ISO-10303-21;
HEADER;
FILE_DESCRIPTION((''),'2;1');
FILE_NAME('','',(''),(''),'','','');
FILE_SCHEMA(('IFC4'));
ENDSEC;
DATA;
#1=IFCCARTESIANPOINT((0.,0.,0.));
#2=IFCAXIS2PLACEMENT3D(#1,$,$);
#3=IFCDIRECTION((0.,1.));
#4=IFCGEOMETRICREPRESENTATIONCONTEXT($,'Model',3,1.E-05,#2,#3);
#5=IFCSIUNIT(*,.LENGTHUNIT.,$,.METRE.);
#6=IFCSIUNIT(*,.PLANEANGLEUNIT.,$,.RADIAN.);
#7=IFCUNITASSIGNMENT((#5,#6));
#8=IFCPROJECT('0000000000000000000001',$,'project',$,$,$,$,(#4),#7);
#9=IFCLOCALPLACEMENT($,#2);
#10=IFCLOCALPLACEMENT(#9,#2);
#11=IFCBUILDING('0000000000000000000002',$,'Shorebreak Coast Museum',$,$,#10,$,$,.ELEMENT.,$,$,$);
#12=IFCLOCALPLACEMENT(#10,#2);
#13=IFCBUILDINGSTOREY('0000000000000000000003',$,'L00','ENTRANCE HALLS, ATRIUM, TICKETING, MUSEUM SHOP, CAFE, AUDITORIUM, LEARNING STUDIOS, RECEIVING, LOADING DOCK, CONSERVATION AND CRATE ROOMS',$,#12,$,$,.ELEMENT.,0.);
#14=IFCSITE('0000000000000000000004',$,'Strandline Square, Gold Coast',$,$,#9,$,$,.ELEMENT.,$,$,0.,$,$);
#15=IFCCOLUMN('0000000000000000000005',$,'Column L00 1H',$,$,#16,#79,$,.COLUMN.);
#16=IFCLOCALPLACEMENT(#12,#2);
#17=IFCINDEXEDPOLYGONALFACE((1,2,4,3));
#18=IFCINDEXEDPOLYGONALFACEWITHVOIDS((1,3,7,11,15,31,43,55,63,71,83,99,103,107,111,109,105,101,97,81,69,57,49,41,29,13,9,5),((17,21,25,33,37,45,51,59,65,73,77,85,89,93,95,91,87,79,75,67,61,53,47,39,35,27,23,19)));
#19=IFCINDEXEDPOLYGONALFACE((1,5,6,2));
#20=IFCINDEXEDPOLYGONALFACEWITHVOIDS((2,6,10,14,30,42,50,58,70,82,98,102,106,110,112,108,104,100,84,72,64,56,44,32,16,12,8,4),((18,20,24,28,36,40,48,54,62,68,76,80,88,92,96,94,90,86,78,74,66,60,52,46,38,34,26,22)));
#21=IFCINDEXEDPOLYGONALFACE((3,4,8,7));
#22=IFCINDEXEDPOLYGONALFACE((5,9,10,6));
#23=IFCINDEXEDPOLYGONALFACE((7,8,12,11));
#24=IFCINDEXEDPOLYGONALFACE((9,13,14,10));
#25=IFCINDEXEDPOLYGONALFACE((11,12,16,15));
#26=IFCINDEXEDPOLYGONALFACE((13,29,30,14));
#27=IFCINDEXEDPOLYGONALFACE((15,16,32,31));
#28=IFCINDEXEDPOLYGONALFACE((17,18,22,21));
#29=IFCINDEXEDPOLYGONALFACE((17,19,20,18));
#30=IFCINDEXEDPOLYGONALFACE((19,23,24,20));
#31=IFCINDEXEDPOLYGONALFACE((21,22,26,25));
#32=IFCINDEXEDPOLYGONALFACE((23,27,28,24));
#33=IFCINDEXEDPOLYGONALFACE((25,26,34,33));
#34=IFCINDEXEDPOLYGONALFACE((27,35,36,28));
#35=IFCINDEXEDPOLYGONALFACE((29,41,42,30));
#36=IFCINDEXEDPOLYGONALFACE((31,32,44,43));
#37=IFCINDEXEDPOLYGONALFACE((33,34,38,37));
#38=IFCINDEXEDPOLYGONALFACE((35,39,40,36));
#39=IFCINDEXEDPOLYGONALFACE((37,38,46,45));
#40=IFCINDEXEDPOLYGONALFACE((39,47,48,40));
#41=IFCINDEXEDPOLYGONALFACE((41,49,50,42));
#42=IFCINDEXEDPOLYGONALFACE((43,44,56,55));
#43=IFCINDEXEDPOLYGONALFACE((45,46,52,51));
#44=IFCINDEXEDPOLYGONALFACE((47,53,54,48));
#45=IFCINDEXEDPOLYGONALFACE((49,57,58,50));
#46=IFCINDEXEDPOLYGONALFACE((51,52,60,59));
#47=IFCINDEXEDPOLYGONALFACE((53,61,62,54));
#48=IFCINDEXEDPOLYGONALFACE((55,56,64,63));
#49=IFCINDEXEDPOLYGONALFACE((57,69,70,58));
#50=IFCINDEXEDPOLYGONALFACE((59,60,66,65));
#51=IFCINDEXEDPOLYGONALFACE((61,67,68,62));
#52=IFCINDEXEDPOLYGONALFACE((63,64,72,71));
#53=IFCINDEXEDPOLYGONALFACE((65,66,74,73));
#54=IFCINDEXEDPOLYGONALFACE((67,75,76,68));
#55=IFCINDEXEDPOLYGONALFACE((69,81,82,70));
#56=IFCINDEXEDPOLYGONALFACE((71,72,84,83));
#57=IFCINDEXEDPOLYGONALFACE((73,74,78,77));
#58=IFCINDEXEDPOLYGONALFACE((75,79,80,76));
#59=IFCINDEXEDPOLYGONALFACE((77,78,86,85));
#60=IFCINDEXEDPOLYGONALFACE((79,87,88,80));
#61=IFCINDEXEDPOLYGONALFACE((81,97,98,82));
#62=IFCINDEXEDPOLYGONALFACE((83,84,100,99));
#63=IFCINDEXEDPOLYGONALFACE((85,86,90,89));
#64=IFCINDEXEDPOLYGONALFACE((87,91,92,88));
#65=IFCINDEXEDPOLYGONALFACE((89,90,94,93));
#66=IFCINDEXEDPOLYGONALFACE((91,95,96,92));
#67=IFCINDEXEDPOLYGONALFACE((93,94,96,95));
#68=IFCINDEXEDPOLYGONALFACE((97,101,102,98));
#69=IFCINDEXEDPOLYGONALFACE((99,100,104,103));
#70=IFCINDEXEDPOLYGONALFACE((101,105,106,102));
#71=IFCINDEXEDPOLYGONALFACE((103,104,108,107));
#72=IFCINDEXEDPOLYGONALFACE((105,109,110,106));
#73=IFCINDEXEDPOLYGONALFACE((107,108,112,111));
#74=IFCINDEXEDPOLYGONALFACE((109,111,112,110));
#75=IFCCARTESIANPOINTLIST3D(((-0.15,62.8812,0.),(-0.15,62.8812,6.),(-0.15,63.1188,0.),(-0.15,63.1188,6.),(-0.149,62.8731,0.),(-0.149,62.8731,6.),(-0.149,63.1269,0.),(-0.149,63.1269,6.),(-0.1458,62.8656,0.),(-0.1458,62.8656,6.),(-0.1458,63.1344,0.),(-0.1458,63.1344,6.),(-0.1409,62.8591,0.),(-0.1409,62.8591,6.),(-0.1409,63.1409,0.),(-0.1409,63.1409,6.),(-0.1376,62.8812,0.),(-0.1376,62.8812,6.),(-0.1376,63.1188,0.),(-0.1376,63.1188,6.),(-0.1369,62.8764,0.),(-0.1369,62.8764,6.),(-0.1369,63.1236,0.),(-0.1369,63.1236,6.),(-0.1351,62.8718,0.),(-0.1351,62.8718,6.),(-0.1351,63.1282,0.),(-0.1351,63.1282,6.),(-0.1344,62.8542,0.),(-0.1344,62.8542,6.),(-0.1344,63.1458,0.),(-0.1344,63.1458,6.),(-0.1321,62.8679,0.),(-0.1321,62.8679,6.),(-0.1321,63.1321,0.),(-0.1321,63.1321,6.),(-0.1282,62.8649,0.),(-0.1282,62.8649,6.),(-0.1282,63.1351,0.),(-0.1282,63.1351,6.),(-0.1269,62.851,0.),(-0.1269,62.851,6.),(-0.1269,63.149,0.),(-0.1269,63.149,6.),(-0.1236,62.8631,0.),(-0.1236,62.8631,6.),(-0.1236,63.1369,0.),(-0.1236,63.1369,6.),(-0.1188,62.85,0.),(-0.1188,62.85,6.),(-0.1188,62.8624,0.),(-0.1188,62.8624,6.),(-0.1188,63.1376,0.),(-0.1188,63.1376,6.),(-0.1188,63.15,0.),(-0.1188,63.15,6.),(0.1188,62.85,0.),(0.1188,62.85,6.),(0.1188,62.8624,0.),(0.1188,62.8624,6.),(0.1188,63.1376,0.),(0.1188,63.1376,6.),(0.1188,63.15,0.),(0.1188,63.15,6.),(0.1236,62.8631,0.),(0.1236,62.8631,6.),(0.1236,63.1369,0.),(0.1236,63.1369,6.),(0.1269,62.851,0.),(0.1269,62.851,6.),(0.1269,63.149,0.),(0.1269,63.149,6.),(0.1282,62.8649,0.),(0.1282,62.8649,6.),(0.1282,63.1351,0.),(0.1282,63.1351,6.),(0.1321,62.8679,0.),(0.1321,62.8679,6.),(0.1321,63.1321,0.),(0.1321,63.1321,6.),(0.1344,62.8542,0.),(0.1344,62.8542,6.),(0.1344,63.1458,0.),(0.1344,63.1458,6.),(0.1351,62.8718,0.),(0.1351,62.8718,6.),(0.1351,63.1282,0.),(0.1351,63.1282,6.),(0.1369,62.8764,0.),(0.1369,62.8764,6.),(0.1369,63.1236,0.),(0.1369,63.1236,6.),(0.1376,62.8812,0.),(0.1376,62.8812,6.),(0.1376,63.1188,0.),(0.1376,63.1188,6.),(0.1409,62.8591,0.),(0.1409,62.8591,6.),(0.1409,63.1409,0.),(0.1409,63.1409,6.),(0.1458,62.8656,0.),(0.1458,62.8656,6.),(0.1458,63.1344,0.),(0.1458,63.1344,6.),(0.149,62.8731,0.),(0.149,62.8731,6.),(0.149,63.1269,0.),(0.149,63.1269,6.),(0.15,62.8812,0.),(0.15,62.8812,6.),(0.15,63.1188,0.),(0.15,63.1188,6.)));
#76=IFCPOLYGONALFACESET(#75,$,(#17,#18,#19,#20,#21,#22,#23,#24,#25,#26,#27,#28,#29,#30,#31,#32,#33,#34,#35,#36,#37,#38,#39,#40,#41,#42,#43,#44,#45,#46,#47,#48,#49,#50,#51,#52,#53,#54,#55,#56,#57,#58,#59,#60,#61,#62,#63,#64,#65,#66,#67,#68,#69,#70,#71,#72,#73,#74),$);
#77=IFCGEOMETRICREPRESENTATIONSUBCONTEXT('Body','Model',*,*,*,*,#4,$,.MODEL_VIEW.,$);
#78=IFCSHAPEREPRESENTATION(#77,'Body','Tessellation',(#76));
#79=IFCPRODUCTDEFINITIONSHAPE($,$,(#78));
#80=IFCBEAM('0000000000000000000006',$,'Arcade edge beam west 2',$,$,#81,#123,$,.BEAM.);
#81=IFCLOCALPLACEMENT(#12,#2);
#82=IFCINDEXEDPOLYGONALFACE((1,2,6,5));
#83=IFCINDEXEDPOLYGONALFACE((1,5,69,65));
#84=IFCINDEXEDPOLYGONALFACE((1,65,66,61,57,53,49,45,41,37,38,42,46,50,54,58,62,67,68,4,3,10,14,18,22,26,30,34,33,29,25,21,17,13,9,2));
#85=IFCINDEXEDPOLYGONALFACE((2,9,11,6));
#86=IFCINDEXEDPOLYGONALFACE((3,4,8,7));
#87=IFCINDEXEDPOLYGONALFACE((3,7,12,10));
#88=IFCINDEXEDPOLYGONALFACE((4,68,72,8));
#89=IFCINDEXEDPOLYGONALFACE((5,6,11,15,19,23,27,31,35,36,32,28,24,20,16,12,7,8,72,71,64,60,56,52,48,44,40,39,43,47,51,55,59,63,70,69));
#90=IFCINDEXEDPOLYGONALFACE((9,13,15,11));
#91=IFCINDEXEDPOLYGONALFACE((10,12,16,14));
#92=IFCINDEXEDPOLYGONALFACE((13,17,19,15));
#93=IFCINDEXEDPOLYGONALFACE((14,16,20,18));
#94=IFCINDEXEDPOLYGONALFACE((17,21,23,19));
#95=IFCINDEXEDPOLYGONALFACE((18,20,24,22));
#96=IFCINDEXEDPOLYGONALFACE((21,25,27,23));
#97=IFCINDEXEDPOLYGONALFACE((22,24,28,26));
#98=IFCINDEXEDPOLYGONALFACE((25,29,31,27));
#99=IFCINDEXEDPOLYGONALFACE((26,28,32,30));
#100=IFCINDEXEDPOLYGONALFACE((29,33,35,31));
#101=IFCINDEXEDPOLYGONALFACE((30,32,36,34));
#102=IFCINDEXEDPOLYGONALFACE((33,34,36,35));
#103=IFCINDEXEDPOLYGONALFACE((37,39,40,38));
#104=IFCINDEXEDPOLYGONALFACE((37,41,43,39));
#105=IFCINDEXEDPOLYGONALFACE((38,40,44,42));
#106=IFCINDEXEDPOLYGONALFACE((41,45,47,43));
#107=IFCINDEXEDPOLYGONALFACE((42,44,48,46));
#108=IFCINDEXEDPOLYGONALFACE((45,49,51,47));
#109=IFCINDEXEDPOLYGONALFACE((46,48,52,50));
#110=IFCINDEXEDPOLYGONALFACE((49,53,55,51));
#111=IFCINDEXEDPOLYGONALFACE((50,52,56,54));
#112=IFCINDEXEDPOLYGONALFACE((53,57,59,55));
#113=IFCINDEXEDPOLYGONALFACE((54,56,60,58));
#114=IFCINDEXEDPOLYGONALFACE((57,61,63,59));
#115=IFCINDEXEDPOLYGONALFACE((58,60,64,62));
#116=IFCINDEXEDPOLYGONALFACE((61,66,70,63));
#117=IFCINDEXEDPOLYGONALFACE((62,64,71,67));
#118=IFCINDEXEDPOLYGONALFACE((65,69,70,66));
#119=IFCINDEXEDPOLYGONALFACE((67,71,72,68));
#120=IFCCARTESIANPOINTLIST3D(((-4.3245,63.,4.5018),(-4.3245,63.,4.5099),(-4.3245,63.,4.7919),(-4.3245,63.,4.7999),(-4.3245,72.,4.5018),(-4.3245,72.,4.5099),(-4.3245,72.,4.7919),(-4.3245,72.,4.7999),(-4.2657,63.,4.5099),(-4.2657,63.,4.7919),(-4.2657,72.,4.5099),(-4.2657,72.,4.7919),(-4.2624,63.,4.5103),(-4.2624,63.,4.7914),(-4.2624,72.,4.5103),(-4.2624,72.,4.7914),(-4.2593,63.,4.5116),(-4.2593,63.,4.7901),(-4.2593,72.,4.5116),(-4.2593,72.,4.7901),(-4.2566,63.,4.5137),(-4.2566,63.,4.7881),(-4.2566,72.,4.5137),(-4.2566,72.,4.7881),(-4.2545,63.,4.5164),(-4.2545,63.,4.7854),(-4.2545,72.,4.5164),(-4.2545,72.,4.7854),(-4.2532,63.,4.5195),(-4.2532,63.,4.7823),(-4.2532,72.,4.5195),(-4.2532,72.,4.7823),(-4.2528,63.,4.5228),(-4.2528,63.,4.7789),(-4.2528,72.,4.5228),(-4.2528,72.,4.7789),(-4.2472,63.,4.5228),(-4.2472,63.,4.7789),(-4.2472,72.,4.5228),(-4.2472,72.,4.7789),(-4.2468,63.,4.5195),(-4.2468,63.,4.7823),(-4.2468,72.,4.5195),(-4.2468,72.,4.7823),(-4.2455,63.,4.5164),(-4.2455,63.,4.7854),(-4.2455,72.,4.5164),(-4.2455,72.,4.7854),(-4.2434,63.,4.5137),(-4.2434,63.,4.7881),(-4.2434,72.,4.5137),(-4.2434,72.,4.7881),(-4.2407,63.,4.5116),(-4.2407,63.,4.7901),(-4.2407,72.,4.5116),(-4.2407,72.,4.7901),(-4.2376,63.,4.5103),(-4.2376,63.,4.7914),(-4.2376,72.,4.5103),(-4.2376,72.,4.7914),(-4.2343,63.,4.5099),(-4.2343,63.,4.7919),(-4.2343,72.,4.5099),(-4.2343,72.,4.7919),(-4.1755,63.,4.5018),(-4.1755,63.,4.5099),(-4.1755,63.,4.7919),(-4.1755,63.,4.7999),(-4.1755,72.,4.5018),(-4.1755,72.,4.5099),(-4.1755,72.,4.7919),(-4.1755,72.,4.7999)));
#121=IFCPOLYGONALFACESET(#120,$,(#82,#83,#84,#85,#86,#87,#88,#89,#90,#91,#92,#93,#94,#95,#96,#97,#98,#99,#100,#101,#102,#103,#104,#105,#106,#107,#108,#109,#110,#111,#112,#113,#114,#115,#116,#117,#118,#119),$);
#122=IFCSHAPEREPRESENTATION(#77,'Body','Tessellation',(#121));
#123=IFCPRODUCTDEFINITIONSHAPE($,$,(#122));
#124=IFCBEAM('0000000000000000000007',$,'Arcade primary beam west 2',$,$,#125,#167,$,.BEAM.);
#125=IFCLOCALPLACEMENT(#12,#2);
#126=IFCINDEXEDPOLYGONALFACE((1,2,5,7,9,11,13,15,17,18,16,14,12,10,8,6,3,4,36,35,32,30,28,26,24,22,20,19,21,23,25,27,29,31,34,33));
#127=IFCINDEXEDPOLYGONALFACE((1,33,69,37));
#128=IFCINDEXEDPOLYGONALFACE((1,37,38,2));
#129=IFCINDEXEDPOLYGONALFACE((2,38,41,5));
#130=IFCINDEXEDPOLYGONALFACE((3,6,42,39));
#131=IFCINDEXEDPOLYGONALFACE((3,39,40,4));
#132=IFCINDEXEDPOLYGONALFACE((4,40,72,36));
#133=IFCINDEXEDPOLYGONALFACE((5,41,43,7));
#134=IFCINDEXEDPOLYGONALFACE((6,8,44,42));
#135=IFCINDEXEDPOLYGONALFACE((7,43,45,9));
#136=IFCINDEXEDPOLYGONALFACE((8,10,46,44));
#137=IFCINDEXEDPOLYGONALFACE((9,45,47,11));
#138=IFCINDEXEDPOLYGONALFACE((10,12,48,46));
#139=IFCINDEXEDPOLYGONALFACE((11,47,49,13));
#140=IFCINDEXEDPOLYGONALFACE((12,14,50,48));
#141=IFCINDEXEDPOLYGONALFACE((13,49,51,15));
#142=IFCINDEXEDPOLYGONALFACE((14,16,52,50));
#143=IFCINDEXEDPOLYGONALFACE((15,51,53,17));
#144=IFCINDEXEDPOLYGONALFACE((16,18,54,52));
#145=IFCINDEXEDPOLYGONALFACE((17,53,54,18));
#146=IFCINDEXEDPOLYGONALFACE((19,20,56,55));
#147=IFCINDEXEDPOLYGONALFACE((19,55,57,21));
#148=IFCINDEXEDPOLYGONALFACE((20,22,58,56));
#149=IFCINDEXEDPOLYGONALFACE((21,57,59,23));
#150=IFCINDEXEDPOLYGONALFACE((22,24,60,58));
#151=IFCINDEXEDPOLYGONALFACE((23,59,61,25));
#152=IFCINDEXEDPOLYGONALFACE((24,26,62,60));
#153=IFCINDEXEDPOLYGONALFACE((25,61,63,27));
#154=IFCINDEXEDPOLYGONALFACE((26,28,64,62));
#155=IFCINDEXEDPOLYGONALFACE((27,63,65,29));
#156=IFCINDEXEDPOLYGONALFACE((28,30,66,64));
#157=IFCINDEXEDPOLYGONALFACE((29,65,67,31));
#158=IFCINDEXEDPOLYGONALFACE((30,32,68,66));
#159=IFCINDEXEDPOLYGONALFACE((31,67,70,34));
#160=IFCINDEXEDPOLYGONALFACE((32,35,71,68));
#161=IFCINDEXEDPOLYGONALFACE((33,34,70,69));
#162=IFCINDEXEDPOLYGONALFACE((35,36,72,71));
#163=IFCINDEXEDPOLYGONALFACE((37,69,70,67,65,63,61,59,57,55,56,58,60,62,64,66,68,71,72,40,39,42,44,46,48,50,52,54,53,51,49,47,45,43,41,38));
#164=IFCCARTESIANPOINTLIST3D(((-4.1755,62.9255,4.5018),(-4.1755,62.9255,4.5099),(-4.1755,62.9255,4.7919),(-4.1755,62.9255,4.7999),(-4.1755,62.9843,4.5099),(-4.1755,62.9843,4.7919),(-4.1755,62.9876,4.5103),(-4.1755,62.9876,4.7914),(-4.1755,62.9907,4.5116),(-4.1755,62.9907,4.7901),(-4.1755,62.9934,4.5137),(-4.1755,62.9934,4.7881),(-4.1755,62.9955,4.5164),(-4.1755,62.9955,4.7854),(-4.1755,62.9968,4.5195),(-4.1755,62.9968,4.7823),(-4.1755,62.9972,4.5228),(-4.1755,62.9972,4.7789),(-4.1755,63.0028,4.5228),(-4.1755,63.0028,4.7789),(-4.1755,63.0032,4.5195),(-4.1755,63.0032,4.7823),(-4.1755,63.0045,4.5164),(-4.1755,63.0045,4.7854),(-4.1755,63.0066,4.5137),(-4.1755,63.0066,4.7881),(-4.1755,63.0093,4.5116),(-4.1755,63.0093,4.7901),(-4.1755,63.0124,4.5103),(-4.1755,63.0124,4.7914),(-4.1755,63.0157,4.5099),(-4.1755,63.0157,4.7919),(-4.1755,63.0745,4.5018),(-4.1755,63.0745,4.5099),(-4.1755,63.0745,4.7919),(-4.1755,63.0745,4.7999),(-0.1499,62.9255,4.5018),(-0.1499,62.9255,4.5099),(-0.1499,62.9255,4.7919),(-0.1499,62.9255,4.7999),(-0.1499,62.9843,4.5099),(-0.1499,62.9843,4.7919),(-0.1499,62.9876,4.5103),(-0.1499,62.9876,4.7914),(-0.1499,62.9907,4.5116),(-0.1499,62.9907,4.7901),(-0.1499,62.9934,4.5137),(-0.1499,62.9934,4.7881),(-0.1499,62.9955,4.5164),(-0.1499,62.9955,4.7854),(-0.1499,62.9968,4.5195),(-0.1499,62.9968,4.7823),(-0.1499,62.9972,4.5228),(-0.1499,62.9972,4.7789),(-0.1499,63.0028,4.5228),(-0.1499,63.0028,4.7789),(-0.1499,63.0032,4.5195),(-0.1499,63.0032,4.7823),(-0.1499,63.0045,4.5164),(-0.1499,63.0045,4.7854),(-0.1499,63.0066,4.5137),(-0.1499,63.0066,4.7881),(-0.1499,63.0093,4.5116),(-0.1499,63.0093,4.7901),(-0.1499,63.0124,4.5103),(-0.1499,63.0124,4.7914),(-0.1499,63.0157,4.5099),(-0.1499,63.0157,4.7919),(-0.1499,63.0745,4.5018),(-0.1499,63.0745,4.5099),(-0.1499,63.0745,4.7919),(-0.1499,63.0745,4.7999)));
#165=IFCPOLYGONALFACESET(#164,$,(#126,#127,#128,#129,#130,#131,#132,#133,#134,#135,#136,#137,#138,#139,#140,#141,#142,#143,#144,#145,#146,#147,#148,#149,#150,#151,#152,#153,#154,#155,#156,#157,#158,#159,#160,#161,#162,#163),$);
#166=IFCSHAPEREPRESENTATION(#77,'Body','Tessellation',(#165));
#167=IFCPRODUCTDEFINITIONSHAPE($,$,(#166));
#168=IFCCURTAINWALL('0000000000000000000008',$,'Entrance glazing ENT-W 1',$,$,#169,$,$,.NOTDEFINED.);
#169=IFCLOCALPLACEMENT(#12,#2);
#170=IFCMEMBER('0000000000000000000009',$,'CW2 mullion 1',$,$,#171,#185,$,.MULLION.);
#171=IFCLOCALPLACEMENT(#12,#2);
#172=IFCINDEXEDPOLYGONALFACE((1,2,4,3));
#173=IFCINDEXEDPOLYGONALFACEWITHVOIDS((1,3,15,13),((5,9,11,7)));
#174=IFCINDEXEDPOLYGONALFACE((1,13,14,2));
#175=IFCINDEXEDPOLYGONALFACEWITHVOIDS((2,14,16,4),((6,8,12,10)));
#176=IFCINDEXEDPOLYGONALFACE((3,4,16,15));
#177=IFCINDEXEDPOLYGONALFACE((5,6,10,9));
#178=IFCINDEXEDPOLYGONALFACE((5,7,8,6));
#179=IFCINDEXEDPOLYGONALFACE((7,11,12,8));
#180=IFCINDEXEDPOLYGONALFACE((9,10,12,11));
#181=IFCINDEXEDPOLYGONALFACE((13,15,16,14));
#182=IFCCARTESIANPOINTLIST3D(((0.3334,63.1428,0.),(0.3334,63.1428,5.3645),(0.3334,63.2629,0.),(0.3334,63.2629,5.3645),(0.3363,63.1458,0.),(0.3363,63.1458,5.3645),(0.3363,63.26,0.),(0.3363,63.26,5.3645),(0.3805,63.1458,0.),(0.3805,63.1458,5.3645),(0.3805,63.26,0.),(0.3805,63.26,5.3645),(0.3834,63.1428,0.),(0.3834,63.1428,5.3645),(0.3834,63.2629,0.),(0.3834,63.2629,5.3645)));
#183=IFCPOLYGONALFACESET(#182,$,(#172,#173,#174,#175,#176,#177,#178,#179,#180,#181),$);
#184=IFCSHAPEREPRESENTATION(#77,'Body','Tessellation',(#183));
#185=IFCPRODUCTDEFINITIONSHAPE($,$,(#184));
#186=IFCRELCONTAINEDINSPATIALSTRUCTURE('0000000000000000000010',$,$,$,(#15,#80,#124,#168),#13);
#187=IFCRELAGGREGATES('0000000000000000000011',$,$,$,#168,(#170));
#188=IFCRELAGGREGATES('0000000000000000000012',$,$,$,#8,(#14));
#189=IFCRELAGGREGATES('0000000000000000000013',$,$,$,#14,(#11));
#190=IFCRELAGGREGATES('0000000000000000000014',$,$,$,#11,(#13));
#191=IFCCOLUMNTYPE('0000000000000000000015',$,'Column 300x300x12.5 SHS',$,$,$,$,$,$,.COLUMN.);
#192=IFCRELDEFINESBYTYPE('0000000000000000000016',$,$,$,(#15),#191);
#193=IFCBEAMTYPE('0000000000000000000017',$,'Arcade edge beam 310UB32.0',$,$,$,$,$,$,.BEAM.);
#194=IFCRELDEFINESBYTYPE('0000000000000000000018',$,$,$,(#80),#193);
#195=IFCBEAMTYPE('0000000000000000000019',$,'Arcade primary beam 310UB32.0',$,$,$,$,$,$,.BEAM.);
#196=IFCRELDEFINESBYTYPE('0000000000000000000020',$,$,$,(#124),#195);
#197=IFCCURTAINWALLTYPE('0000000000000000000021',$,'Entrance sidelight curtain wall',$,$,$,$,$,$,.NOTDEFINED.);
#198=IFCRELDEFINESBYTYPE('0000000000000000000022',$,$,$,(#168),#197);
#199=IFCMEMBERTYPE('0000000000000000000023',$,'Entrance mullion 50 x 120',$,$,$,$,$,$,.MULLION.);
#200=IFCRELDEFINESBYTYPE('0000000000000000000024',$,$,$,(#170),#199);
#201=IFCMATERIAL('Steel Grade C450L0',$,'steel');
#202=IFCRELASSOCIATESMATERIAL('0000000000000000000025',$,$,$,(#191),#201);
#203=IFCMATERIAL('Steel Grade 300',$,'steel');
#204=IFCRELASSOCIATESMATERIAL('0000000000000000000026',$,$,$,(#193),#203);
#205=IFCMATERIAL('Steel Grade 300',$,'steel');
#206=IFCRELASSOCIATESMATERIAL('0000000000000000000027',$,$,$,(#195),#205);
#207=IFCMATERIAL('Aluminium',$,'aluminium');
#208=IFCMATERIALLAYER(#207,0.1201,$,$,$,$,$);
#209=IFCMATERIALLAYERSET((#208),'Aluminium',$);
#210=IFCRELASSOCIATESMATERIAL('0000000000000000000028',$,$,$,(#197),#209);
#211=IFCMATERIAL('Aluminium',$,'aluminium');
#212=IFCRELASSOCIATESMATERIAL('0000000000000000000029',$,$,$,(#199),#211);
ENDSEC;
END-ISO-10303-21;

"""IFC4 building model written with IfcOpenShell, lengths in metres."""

from ifc_helpers import new_model, si_unit, direction, frame, origin, origin_2d, place, context, subcontext, project, spatial, hollow_rectangle, i_section, extrude, material, layer, layer_set, material_profile, profile_set, type_object, element, aggregate, save


model = new_model("IFC4")

# Units and contexts
model_context = context("Model", 3, precision=1e-05, world=origin(), true_north=direction((0.0, 1.0)))
body_context = subcontext(model_context, "Body", "Model", "MODEL_VIEW")
ifc_project = project(units=[si_unit("LENGTHUNIT", "METRE"), si_unit("PLANEANGLEUNIT", "RADIAN")], contexts=[model_context])

# Site, building, storey
site_placement = place(None, origin())
site = spatial("IfcSite", under=ifc_project, at=site_placement, Name="Strandline Square, Gold Coast", CompositionType="ELEMENT", RefElevation=0.0)
building_placement = place(site_placement, origin())
building = spatial("IfcBuilding", under=site, at=building_placement, Name="Shorebreak Coast Museum", CompositionType="ELEMENT")
storey_placement = place(building_placement, origin())
storey = spatial("IfcBuildingStorey", under=building, at=storey_placement, Name="L00", Description="ENTRANCE HALLS, ATRIUM, TICKETING, MUSEUM SHOP, CAFE, AUDITORIUM, LEARNING STUDIOS, RECEIVING, LOADING DOCK, CONSERVATION AND CRATE ROOMS", CompositionType="ELEMENT", Elevation=0.0)

# Column
ifc_material_1 = material(Name="Steel Grade C450L0", Category="steel")
ifc_material_profile_1 = material_profile(ifc_material_1, hollow_rectangle(XDim=0.3, YDim=0.3, WallThickness=0.0125, InnerFilletRadius=0.0188, OuterFilletRadius=0.0312, at=origin_2d()), Name="300x300x12.5 SHS")
ifc_profile_set_1 = profile_set([ifc_material_profile_1], Name="Steel Grade C450L0")
column_type = type_object("IfcColumnType", Name="Column 300x300x12.5 SHS", PredefinedType="COLUMN", material=ifc_profile_set_1)
column_placement = place(storey_placement, frame((0.0, 63.0, 0.0), z_axis=(0.0, 0.0, 1.0), x_axis=(1.0, 0.0, 0.0)))
element("IfcColumn", 1, at=column_placement, inside=storey, type_object=column_type, Name="Column L00 1H", PredefinedType="COLUMN", context=body_context, shape_type="SweptSolid", body=[
    extrude(hollow_rectangle(XDim=0.3, YDim=0.3, WallThickness=0.0125, InnerFilletRadius=0.0188, OuterFilletRadius=0.0312, at=origin_2d()), origin(), (0.0, 0.0, 1.0), 6.0),
])

# Beams
ifc_material_2 = material(Name="Steel Grade 300", Category="steel")
ifc_material_profile_2 = material_profile(ifc_material_2, i_section(OverallWidth=0.1489, OverallDepth=0.2981, WebThickness=0.0056, FlangeThickness=0.0081, FilletRadius=0.0129, at=origin_2d()), Name="310UB32.0")
ifc_profile_set_2 = profile_set([ifc_material_profile_2], Name="Steel Grade 300")
beam_type_1 = type_object("IfcBeamType", Name="Arcade edge beam 310UB32.0", PredefinedType="BEAM", material=ifc_profile_set_2)
beam_1_placement = place(storey_placement, frame((-4.25, 63.0, 4.6509), z_axis=(0.0, 1.0, 0.0), x_axis=(-1.0, 0.0, 0.0)))
element("IfcBeam", 2, at=beam_1_placement, inside=storey, type_object=beam_type_1, Name="Arcade edge beam west 2", PredefinedType="BEAM", context=body_context, shape_type="SweptSolid", body=[
    extrude(i_section(OverallWidth=0.1489, OverallDepth=0.2981, WebThickness=0.0056, FlangeThickness=0.0081, FilletRadius=0.0129, at=origin_2d()), origin(), (0.0, 0.0, 1.0), 9.0),
])
ifc_material_3 = material(Name="Steel Grade 300", Category="steel")
ifc_material_profile_3 = material_profile(ifc_material_3, i_section(OverallWidth=0.1489, OverallDepth=0.2981, WebThickness=0.0056, FlangeThickness=0.0081, FilletRadius=0.0129, at=origin_2d()), Name="310UB32.0")
ifc_profile_set_3 = profile_set([ifc_material_profile_3], Name="Steel Grade 300")
beam_type_2 = type_object("IfcBeamType", Name="Arcade primary beam 310UB32.0", PredefinedType="BEAM", material=ifc_profile_set_3)
beam_2_placement = place(storey_placement, frame((-0.1499, 63.0, 4.6509), z_axis=(-1.0, 0.0, 0.0), x_axis=(0.0, -1.0, 0.0)))
element("IfcBeam", 3, at=beam_2_placement, inside=storey, type_object=beam_type_2, Name="Arcade primary beam west 2", PredefinedType="BEAM", context=body_context, shape_type="SweptSolid", body=[
    extrude(i_section(OverallWidth=0.1489, OverallDepth=0.2981, WebThickness=0.0056, FlangeThickness=0.0081, FilletRadius=0.0129, at=origin_2d()), origin(), (0.0, 0.0, 1.0), 4.0256),
])

# Curtain wall, member
ifc_material_4 = material(Name="Aluminium", Category="aluminium")
ifc_layer_1 = layer(ifc_material_4, 0.1201)
ifc_layer_set_1 = layer_set([ifc_layer_1], Name="Aluminium")
curtain_wall_type = type_object("IfcCurtainWallType", Name="Entrance sidelight curtain wall", PredefinedType="NOTDEFINED", material=ifc_layer_set_1)
curtain_wall_placement = place(storey_placement, origin())
curtain_wall = element("IfcCurtainWall", 4, at=curtain_wall_placement, inside=storey, type_object=curtain_wall_type, Name="Entrance glazing ENT-W 1", PredefinedType="NOTDEFINED")
ifc_material_5 = material(Name="Aluminium", Category="aluminium")
ifc_material_profile_4 = material_profile(ifc_material_5, hollow_rectangle(XDim=0.05, YDim=0.1201, WallThickness=0.0029, at=origin_2d()), Name="AL 120x50 RHS")
ifc_profile_set_4 = profile_set([ifc_material_profile_4], Name="Aluminium")
member_type_1 = type_object("IfcMemberType", Name="Entrance mullion 50 x 120", PredefinedType="MULLION", material=ifc_profile_set_4)
member_1_placement = place(storey_placement, frame((0.3584, 63.2029, 0.0), z_axis=(0.0, 0.0, 1.0), x_axis=(-1.0, 0.0, 0.0)))
member_1 = element("IfcMember", 5, at=member_1_placement, type_object=member_type_1, Name="CW2 mullion 1", PredefinedType="MULLION", context=body_context, shape_type="SweptSolid", body=[
    extrude(hollow_rectangle(XDim=0.05, YDim=0.1201, WallThickness=0.0029, at=origin_2d()), origin(), (0.0, 0.0, 1.0), 5.3645),
])

aggregate(curtain_wall, [member_1])

save(model, "model.ifc")
